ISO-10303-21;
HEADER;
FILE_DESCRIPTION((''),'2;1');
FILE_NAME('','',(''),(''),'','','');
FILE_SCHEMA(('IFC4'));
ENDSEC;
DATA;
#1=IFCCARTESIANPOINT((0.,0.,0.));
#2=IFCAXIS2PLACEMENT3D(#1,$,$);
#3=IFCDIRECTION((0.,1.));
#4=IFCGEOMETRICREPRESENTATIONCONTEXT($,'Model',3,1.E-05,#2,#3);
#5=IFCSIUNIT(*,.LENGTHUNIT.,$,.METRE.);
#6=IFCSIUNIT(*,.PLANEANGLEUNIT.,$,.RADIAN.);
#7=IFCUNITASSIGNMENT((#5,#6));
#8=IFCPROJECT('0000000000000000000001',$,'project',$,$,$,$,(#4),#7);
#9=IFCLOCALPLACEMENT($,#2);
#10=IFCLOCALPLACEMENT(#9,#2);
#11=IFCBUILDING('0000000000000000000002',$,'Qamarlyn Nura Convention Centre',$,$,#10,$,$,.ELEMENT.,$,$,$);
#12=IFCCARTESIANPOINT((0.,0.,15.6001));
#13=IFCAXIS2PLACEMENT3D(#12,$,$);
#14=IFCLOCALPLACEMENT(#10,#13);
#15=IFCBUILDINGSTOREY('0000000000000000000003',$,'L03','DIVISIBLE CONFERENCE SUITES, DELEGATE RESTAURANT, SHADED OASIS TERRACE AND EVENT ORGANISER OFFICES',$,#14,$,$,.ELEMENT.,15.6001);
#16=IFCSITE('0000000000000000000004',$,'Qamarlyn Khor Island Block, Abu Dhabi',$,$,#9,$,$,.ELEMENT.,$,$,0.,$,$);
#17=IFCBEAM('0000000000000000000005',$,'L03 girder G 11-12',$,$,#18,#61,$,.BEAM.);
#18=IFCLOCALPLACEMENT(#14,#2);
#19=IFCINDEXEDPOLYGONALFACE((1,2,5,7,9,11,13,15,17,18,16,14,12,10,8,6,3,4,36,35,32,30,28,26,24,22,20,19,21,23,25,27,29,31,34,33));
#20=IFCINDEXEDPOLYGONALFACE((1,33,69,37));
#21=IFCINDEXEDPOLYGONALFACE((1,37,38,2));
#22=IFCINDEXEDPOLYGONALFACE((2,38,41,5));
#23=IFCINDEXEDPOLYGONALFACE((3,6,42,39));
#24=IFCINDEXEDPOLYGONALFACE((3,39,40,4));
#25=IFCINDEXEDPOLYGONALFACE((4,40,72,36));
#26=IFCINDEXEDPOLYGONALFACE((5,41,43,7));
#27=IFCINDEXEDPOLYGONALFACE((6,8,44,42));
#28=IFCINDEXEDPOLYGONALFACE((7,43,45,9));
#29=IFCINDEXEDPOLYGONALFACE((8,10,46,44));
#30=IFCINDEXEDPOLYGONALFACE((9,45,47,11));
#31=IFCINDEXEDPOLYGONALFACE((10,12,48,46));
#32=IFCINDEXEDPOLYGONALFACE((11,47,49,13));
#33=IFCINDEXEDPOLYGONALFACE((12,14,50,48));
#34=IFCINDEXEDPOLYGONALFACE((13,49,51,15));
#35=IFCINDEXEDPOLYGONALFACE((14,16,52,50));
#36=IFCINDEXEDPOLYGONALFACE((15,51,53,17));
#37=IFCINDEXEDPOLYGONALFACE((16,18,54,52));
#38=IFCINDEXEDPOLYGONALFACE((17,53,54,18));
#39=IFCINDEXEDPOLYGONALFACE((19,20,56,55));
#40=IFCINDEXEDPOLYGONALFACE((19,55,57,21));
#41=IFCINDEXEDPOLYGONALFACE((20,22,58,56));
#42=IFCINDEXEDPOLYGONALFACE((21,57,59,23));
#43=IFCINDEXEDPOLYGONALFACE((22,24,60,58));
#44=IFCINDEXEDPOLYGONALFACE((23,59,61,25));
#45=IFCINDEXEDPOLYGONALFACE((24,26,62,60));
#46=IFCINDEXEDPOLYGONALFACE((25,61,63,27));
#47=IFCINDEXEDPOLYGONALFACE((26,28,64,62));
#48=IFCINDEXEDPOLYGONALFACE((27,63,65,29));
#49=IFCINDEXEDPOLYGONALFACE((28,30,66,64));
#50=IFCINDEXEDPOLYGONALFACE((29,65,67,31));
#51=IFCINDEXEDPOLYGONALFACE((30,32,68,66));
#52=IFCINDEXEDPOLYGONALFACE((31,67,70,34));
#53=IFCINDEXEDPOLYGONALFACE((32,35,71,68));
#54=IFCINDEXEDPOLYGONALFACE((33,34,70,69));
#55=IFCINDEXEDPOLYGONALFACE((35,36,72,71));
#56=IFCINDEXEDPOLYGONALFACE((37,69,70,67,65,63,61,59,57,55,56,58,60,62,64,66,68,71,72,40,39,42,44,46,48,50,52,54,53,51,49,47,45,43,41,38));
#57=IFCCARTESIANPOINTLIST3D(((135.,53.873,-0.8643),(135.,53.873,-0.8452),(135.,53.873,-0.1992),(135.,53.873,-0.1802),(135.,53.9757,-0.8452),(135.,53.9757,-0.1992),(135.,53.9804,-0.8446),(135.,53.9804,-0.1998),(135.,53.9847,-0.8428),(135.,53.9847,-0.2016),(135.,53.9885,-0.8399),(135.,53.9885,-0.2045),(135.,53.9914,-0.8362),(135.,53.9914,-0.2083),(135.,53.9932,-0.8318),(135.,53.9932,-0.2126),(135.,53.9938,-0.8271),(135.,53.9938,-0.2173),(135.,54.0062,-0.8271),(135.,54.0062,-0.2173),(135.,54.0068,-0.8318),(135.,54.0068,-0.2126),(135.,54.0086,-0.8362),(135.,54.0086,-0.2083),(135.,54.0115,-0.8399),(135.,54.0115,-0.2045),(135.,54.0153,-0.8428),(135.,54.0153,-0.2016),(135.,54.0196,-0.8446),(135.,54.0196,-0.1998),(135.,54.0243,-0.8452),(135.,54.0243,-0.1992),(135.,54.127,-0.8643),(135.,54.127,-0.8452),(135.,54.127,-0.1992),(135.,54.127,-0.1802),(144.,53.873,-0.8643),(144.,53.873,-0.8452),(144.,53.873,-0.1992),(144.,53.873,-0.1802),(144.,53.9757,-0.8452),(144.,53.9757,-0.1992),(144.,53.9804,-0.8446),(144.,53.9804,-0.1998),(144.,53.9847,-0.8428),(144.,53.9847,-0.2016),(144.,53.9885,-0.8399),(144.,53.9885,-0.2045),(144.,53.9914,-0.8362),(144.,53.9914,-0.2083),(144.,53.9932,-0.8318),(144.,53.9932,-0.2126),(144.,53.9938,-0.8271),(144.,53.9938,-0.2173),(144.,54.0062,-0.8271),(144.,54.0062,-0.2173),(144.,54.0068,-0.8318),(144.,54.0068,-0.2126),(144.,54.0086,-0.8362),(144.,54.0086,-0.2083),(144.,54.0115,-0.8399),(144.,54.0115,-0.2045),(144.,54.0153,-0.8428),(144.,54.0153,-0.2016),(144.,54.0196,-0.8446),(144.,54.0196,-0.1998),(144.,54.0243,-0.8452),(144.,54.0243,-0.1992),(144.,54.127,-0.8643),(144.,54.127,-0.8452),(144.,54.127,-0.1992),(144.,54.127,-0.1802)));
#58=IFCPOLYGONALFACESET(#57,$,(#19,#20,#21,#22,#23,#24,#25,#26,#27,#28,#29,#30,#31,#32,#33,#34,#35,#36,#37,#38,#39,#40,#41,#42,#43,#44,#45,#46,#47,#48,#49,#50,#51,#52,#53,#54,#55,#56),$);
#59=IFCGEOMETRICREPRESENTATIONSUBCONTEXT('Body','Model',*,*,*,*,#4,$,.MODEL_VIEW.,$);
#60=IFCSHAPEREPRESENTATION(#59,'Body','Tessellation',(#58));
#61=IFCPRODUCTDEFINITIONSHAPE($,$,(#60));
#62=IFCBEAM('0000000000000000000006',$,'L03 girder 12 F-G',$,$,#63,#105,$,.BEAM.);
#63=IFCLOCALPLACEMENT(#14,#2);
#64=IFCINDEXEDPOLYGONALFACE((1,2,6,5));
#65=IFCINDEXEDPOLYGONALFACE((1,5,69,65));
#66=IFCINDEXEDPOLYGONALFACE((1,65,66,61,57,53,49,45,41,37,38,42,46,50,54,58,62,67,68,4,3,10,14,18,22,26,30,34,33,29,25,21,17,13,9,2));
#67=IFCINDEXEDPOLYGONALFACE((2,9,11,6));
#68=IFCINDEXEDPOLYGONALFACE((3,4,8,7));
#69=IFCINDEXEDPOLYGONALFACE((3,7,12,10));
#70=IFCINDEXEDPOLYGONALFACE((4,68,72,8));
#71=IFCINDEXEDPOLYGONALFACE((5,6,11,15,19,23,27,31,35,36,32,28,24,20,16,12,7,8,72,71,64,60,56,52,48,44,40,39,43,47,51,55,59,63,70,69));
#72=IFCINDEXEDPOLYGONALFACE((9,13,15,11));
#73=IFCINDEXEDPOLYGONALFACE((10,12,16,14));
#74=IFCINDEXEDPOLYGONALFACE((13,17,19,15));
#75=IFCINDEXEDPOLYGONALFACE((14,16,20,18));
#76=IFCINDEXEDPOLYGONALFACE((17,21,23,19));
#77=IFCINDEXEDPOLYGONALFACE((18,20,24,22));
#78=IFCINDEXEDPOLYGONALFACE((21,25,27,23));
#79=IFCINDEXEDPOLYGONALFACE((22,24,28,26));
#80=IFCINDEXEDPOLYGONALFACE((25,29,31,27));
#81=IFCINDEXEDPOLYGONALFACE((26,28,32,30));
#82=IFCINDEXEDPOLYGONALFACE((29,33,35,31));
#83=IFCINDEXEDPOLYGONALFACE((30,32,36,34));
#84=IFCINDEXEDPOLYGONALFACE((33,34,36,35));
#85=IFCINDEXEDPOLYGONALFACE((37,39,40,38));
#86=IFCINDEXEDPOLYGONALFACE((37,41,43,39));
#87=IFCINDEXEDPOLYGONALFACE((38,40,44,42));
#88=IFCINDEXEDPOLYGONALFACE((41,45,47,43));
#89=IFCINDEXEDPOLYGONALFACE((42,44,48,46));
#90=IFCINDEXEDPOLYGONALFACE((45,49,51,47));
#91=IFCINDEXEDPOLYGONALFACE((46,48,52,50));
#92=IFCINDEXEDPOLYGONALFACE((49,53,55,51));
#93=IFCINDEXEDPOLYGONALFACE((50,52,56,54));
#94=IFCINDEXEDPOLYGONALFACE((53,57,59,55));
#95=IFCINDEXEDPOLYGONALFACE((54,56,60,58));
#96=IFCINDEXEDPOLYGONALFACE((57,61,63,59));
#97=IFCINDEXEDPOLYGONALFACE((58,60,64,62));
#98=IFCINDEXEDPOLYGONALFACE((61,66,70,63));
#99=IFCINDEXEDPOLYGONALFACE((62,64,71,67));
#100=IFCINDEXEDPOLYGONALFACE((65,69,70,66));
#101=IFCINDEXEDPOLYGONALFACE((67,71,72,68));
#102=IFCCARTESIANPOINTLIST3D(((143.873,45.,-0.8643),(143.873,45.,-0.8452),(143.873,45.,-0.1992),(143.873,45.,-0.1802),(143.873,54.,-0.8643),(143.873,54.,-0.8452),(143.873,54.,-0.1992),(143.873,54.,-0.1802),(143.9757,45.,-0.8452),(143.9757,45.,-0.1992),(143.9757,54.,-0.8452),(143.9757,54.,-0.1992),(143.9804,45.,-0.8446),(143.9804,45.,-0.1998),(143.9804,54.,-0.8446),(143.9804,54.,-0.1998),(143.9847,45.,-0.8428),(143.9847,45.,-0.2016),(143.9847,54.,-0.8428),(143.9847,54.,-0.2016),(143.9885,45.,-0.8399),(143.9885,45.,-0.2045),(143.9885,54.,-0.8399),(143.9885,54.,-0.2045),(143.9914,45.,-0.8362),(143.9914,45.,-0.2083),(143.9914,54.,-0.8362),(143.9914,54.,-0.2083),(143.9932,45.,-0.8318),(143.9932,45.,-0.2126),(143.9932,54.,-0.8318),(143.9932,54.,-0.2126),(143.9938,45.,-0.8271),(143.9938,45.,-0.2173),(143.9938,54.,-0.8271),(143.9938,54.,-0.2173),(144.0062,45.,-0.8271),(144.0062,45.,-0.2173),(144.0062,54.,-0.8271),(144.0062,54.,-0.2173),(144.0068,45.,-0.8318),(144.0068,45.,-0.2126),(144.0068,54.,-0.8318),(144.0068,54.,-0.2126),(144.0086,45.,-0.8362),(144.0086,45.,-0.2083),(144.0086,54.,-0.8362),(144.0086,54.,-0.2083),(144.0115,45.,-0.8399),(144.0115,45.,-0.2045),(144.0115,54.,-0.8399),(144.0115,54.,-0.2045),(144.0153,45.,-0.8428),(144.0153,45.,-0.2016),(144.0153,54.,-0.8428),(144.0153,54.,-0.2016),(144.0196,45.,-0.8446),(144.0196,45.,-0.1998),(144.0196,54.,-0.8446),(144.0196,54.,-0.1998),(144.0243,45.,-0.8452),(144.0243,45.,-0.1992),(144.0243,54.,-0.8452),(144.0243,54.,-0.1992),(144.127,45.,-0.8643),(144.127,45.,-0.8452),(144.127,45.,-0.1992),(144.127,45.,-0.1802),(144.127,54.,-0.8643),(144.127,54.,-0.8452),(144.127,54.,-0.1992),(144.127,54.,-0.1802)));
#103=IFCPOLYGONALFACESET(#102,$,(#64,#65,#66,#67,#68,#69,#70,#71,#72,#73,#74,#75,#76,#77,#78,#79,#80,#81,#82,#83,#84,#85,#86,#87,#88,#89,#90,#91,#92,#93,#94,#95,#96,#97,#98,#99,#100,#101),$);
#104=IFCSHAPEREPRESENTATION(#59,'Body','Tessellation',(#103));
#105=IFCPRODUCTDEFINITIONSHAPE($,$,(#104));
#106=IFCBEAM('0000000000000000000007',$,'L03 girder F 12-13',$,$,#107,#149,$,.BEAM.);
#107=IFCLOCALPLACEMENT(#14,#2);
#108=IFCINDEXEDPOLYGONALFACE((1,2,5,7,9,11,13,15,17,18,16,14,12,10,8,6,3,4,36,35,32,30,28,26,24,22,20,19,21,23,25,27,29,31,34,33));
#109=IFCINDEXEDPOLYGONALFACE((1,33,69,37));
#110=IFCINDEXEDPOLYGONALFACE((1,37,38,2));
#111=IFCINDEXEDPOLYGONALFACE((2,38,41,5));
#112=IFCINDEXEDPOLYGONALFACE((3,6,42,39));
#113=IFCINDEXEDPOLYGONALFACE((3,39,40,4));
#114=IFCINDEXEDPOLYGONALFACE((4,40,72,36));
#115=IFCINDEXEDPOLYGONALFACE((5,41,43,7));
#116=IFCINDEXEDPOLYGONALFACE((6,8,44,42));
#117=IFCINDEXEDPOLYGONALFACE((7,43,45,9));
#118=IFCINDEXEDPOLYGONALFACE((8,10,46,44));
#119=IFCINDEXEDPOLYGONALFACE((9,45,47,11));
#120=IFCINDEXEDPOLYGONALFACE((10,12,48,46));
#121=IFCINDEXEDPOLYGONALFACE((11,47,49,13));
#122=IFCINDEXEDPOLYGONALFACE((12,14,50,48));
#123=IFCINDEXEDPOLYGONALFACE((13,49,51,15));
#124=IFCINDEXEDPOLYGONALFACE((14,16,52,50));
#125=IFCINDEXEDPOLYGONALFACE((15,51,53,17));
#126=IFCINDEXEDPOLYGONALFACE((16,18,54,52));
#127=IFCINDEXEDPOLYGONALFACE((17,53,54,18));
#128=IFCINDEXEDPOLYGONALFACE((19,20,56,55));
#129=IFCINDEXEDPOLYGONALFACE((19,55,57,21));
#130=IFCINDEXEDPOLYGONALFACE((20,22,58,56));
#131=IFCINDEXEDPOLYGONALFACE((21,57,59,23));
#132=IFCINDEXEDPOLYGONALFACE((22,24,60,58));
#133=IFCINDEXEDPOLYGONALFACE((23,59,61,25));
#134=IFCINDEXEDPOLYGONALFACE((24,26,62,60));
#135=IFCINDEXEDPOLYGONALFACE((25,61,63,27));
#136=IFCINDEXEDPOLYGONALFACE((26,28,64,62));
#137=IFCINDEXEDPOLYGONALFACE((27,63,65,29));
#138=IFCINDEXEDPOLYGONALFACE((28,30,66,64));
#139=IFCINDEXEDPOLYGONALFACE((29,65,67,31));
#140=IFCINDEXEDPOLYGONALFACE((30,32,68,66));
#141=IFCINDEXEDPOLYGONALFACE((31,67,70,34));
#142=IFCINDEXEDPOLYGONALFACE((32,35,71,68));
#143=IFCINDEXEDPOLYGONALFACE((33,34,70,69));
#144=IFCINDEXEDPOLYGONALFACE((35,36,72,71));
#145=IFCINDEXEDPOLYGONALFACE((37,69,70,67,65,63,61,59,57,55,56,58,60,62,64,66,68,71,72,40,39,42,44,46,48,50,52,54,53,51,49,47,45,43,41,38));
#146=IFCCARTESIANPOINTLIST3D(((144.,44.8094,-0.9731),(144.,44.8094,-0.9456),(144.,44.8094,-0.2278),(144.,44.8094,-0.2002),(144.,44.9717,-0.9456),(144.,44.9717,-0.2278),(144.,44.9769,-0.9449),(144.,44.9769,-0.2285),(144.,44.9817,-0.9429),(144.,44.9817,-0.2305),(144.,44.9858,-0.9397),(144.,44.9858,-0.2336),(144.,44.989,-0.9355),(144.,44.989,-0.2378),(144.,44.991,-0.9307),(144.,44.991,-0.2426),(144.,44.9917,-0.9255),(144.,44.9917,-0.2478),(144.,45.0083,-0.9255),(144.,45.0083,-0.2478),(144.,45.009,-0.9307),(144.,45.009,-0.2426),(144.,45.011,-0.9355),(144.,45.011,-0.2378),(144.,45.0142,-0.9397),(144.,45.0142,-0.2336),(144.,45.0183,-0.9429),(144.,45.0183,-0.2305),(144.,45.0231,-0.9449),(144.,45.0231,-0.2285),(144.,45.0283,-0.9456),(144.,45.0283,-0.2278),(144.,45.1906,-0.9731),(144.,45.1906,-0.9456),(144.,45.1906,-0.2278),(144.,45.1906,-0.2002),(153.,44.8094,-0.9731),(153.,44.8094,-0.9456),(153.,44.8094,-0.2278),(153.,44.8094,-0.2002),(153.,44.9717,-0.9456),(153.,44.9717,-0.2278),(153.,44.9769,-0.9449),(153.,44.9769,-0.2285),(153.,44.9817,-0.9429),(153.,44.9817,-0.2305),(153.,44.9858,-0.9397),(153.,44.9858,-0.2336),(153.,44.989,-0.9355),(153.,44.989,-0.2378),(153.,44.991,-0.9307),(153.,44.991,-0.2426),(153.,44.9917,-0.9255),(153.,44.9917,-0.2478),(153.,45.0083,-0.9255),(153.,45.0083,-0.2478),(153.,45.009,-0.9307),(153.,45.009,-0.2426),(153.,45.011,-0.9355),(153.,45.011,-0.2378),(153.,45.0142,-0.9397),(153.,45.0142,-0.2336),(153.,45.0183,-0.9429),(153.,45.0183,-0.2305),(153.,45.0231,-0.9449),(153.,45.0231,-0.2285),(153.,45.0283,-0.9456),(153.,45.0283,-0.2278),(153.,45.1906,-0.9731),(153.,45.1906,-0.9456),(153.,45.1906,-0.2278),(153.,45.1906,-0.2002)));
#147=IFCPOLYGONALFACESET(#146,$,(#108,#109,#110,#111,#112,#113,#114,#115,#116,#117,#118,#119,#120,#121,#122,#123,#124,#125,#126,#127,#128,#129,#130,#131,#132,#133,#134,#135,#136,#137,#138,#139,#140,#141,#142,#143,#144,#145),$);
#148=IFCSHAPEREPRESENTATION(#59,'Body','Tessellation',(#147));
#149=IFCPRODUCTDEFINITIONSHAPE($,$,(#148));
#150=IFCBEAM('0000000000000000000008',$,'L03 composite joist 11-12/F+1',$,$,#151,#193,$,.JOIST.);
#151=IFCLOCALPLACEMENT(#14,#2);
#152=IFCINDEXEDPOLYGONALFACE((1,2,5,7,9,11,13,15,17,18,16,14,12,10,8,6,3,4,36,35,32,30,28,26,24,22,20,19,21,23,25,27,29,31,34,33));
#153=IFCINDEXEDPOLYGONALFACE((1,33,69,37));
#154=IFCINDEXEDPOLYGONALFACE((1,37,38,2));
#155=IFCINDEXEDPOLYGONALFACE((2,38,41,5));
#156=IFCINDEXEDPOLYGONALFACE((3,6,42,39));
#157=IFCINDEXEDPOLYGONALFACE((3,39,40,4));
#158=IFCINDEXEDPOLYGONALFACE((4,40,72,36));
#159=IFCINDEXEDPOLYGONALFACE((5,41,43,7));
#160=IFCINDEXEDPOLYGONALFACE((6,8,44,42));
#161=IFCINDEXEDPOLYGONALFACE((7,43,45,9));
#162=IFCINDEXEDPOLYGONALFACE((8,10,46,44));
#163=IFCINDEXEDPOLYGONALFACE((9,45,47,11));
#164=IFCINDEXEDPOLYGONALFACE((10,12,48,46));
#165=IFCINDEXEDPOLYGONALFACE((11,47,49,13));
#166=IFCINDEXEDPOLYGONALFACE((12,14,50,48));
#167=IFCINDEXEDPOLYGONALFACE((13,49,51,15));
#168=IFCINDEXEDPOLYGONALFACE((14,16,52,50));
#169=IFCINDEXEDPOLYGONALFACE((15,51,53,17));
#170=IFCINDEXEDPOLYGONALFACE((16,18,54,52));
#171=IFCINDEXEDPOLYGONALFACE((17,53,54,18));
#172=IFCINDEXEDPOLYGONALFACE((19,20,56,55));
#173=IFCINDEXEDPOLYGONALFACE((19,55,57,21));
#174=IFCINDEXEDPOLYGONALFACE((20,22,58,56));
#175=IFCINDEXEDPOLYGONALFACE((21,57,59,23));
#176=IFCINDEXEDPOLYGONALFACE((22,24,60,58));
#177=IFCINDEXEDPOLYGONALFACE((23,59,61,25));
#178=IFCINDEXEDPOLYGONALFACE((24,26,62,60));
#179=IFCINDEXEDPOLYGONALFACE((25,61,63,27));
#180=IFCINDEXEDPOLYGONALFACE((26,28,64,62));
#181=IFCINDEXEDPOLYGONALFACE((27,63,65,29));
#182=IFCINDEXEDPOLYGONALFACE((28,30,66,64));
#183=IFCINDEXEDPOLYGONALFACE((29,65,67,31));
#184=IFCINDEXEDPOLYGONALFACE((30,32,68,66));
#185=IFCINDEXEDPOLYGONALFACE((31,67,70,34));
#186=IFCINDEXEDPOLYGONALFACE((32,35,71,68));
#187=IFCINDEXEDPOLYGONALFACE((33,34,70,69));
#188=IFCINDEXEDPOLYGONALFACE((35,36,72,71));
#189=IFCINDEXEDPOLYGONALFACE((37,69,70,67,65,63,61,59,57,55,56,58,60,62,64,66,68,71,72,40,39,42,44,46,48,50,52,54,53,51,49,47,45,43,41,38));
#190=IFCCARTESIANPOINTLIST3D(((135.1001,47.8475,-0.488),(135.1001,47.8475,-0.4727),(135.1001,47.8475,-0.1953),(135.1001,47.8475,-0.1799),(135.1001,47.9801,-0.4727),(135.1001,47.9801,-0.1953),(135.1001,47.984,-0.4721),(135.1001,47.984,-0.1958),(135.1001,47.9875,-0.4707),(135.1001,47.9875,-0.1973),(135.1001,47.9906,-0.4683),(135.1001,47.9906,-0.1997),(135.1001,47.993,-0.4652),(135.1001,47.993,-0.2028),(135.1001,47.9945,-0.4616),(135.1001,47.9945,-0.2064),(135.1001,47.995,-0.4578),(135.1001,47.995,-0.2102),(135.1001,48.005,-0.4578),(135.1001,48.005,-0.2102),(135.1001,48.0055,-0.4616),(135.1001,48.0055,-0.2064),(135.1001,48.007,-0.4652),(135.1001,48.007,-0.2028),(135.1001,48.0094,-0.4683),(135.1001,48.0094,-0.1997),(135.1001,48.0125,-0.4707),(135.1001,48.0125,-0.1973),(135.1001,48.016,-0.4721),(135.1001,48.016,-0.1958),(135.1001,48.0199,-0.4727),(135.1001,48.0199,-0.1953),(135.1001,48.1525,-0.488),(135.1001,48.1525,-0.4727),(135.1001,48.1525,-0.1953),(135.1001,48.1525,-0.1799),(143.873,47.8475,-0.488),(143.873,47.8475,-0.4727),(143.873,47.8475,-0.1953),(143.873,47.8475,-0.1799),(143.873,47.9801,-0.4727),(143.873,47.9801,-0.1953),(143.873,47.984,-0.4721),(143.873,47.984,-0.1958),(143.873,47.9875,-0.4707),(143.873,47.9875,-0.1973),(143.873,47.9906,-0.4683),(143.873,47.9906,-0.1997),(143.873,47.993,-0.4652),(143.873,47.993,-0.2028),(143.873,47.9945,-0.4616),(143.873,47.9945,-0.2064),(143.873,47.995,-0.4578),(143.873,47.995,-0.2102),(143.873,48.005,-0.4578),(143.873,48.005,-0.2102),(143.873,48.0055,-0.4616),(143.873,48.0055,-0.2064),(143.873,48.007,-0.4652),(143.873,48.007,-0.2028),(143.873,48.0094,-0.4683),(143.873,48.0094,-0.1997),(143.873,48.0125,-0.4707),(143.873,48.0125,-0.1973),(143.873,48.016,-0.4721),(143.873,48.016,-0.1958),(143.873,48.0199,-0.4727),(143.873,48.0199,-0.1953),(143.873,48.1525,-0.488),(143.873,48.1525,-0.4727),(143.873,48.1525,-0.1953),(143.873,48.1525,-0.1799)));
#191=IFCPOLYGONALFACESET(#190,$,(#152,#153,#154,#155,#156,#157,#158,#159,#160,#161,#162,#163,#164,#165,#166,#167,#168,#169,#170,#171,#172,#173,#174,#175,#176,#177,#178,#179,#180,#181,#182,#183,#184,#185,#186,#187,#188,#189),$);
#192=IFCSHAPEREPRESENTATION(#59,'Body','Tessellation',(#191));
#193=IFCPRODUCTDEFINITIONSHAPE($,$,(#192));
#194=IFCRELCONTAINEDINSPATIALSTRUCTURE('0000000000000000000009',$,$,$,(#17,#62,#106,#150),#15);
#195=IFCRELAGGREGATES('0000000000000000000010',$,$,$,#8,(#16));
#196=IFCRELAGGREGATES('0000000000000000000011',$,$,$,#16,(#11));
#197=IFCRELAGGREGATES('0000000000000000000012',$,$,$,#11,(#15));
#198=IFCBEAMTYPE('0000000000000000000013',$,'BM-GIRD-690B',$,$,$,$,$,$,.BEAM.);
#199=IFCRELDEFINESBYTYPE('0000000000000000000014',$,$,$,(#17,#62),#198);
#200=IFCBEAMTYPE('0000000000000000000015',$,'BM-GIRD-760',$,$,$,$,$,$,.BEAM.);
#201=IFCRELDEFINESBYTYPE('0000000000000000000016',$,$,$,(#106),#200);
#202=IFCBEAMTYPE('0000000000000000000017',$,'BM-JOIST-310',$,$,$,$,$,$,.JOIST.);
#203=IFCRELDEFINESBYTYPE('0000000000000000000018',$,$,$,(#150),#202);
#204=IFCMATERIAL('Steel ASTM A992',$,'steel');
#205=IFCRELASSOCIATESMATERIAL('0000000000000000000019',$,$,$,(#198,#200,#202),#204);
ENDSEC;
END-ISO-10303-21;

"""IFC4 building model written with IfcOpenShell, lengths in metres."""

from ifc_helpers import new_model, si_unit, direction, frame, origin, origin_2d, place, context, subcontext, project, spatial, i_section, extrude, material, material_profile, profile_set, type_object, element, save


model = new_model("IFC4")

# Units and contexts
model_context = context("Model", 3, precision=1e-05, world=origin(), true_north=direction((0.0, 1.0)))
body_context = subcontext(model_context, "Body", "Model", "MODEL_VIEW")
ifc_project = project(units=[si_unit("LENGTHUNIT", "METRE"), si_unit("PLANEANGLEUNIT", "RADIAN")], contexts=[model_context])

# Site, building, storey
site_placement = place(None, origin())
site = spatial("IfcSite", under=ifc_project, at=site_placement, Name="Qamarlyn Khor Island Block, Abu Dhabi", CompositionType="ELEMENT", RefElevation=0.0)
building_placement = place(site_placement, origin())
building = spatial("IfcBuilding", under=site, at=building_placement, Name="Qamarlyn Nura Convention Centre", CompositionType="ELEMENT")
storey_placement = place(building_placement, frame((0.0, 0.0, 15.6001)))
storey = spatial("IfcBuildingStorey", under=building, at=storey_placement, Name="L03", Description="DIVISIBLE CONFERENCE SUITES, DELEGATE RESTAURANT, SHADED OASIS TERRACE AND EVENT ORGANISER OFFICES", CompositionType="ELEMENT", Elevation=15.6001)

# Beams
ifc_material_1 = material(Name="Steel ASTM A992", Category="steel")
ifc_material_profile_1 = material_profile(ifc_material_1, i_section(OverallWidth=0.2539, OverallDepth=0.6841, WebThickness=0.0125, FlangeThickness=0.019, FilletRadius=0.0181, at=origin_2d()), Name="W690X140")
ifc_profile_set_1 = profile_set([ifc_material_profile_1], Name="Steel ASTM A992")
beam_type_1 = type_object("IfcBeamType", Name="BM-GIRD-690B", PredefinedType="BEAM", material=ifc_profile_set_1)
for number, where, z_axis, x_axis, name in (
    (1, (135.0, 54.0, -0.5222), (1.0, 0.0, 0.0), (0.0, 1.0, 0.0), "L03 girder G 11-12"),
    (2, (144.0, 45.0, -0.5222), (0.0, 1.0, 0.0), (-1.0, 0.0, 0.0), "L03 girder 12 F-G"),
):
    element("IfcBeam", number, at=place(storey_placement, frame(where, z_axis=z_axis, x_axis=x_axis)), inside=storey, type_object=beam_type_1, Name=name, PredefinedType="BEAM", context=body_context, shape_type="SweptSolid", body=[
        extrude(i_section(OverallWidth=0.2539, OverallDepth=0.6841, WebThickness=0.0125, FlangeThickness=0.019, FilletRadius=0.0181, at=origin_2d()), origin(), (0.0, 0.0, 1.0), 9.0),
    ])
ifc_material_profile_2 = material_profile(ifc_material_1, i_section(OverallWidth=0.3811, OverallDepth=0.7729, WebThickness=0.0166, FlangeThickness=0.0276, FilletRadius=0.02, at=origin_2d()), Name="W760X257")
ifc_profile_set_2 = profile_set([ifc_material_profile_2], Name="Steel ASTM A992")
beam_type_2 = type_object("IfcBeamType", Name="BM-GIRD-760", PredefinedType="BEAM", material=ifc_profile_set_2)
beam_1_placement = place(storey_placement, frame((144.0, 45.0, -0.5867), z_axis=(1.0, 0.0, 0.0), x_axis=(0.0, 1.0, 0.0)))
element("IfcBeam", 3, at=beam_1_placement, inside=storey, type_object=beam_type_2, Name="L03 girder F 12-13", PredefinedType="BEAM", context=body_context, shape_type="SweptSolid", body=[
    extrude(i_section(OverallWidth=0.3811, OverallDepth=0.7729, WebThickness=0.0166, FlangeThickness=0.0276, FilletRadius=0.02, at=origin_2d()), origin(), (0.0, 0.0, 1.0), 9.0),
])
ifc_material_profile_3 = material_profile(ifc_material_1, i_section(OverallWidth=0.3049, OverallDepth=0.3081, WebThickness=0.01, FlangeThickness=0.0154, FilletRadius=0.0149, at=origin_2d()), Name="W310X97")
ifc_profile_set_3 = profile_set([ifc_material_profile_3], Name="Steel ASTM A992")
beam_type_3 = type_object("IfcBeamType", Name="BM-JOIST-310", PredefinedType="JOIST", material=ifc_profile_set_3)
for number, where, z_axis, x_axis, name in (
    (4, (135.1001, 48.0, -0.334), (1.0, 0.0, 0.0), (0.0, 1.0, 0.0), "L03 composite joist 11-12/F+1"),
):
    element("IfcBeam", number, at=place(storey_placement, frame(where, z_axis=z_axis, x_axis=x_axis)), inside=storey, type_object=beam_type_3, Name=name, PredefinedType="JOIST", context=body_context, shape_type="SweptSolid", body=[
        extrude(i_section(OverallWidth=0.3049, OverallDepth=0.3081, WebThickness=0.01, FlangeThickness=0.0154, FilletRadius=0.0149, at=origin_2d()), origin(), (0.0, 0.0, 1.0), 8.7729),
    ])

save(model, "model.ifc")
